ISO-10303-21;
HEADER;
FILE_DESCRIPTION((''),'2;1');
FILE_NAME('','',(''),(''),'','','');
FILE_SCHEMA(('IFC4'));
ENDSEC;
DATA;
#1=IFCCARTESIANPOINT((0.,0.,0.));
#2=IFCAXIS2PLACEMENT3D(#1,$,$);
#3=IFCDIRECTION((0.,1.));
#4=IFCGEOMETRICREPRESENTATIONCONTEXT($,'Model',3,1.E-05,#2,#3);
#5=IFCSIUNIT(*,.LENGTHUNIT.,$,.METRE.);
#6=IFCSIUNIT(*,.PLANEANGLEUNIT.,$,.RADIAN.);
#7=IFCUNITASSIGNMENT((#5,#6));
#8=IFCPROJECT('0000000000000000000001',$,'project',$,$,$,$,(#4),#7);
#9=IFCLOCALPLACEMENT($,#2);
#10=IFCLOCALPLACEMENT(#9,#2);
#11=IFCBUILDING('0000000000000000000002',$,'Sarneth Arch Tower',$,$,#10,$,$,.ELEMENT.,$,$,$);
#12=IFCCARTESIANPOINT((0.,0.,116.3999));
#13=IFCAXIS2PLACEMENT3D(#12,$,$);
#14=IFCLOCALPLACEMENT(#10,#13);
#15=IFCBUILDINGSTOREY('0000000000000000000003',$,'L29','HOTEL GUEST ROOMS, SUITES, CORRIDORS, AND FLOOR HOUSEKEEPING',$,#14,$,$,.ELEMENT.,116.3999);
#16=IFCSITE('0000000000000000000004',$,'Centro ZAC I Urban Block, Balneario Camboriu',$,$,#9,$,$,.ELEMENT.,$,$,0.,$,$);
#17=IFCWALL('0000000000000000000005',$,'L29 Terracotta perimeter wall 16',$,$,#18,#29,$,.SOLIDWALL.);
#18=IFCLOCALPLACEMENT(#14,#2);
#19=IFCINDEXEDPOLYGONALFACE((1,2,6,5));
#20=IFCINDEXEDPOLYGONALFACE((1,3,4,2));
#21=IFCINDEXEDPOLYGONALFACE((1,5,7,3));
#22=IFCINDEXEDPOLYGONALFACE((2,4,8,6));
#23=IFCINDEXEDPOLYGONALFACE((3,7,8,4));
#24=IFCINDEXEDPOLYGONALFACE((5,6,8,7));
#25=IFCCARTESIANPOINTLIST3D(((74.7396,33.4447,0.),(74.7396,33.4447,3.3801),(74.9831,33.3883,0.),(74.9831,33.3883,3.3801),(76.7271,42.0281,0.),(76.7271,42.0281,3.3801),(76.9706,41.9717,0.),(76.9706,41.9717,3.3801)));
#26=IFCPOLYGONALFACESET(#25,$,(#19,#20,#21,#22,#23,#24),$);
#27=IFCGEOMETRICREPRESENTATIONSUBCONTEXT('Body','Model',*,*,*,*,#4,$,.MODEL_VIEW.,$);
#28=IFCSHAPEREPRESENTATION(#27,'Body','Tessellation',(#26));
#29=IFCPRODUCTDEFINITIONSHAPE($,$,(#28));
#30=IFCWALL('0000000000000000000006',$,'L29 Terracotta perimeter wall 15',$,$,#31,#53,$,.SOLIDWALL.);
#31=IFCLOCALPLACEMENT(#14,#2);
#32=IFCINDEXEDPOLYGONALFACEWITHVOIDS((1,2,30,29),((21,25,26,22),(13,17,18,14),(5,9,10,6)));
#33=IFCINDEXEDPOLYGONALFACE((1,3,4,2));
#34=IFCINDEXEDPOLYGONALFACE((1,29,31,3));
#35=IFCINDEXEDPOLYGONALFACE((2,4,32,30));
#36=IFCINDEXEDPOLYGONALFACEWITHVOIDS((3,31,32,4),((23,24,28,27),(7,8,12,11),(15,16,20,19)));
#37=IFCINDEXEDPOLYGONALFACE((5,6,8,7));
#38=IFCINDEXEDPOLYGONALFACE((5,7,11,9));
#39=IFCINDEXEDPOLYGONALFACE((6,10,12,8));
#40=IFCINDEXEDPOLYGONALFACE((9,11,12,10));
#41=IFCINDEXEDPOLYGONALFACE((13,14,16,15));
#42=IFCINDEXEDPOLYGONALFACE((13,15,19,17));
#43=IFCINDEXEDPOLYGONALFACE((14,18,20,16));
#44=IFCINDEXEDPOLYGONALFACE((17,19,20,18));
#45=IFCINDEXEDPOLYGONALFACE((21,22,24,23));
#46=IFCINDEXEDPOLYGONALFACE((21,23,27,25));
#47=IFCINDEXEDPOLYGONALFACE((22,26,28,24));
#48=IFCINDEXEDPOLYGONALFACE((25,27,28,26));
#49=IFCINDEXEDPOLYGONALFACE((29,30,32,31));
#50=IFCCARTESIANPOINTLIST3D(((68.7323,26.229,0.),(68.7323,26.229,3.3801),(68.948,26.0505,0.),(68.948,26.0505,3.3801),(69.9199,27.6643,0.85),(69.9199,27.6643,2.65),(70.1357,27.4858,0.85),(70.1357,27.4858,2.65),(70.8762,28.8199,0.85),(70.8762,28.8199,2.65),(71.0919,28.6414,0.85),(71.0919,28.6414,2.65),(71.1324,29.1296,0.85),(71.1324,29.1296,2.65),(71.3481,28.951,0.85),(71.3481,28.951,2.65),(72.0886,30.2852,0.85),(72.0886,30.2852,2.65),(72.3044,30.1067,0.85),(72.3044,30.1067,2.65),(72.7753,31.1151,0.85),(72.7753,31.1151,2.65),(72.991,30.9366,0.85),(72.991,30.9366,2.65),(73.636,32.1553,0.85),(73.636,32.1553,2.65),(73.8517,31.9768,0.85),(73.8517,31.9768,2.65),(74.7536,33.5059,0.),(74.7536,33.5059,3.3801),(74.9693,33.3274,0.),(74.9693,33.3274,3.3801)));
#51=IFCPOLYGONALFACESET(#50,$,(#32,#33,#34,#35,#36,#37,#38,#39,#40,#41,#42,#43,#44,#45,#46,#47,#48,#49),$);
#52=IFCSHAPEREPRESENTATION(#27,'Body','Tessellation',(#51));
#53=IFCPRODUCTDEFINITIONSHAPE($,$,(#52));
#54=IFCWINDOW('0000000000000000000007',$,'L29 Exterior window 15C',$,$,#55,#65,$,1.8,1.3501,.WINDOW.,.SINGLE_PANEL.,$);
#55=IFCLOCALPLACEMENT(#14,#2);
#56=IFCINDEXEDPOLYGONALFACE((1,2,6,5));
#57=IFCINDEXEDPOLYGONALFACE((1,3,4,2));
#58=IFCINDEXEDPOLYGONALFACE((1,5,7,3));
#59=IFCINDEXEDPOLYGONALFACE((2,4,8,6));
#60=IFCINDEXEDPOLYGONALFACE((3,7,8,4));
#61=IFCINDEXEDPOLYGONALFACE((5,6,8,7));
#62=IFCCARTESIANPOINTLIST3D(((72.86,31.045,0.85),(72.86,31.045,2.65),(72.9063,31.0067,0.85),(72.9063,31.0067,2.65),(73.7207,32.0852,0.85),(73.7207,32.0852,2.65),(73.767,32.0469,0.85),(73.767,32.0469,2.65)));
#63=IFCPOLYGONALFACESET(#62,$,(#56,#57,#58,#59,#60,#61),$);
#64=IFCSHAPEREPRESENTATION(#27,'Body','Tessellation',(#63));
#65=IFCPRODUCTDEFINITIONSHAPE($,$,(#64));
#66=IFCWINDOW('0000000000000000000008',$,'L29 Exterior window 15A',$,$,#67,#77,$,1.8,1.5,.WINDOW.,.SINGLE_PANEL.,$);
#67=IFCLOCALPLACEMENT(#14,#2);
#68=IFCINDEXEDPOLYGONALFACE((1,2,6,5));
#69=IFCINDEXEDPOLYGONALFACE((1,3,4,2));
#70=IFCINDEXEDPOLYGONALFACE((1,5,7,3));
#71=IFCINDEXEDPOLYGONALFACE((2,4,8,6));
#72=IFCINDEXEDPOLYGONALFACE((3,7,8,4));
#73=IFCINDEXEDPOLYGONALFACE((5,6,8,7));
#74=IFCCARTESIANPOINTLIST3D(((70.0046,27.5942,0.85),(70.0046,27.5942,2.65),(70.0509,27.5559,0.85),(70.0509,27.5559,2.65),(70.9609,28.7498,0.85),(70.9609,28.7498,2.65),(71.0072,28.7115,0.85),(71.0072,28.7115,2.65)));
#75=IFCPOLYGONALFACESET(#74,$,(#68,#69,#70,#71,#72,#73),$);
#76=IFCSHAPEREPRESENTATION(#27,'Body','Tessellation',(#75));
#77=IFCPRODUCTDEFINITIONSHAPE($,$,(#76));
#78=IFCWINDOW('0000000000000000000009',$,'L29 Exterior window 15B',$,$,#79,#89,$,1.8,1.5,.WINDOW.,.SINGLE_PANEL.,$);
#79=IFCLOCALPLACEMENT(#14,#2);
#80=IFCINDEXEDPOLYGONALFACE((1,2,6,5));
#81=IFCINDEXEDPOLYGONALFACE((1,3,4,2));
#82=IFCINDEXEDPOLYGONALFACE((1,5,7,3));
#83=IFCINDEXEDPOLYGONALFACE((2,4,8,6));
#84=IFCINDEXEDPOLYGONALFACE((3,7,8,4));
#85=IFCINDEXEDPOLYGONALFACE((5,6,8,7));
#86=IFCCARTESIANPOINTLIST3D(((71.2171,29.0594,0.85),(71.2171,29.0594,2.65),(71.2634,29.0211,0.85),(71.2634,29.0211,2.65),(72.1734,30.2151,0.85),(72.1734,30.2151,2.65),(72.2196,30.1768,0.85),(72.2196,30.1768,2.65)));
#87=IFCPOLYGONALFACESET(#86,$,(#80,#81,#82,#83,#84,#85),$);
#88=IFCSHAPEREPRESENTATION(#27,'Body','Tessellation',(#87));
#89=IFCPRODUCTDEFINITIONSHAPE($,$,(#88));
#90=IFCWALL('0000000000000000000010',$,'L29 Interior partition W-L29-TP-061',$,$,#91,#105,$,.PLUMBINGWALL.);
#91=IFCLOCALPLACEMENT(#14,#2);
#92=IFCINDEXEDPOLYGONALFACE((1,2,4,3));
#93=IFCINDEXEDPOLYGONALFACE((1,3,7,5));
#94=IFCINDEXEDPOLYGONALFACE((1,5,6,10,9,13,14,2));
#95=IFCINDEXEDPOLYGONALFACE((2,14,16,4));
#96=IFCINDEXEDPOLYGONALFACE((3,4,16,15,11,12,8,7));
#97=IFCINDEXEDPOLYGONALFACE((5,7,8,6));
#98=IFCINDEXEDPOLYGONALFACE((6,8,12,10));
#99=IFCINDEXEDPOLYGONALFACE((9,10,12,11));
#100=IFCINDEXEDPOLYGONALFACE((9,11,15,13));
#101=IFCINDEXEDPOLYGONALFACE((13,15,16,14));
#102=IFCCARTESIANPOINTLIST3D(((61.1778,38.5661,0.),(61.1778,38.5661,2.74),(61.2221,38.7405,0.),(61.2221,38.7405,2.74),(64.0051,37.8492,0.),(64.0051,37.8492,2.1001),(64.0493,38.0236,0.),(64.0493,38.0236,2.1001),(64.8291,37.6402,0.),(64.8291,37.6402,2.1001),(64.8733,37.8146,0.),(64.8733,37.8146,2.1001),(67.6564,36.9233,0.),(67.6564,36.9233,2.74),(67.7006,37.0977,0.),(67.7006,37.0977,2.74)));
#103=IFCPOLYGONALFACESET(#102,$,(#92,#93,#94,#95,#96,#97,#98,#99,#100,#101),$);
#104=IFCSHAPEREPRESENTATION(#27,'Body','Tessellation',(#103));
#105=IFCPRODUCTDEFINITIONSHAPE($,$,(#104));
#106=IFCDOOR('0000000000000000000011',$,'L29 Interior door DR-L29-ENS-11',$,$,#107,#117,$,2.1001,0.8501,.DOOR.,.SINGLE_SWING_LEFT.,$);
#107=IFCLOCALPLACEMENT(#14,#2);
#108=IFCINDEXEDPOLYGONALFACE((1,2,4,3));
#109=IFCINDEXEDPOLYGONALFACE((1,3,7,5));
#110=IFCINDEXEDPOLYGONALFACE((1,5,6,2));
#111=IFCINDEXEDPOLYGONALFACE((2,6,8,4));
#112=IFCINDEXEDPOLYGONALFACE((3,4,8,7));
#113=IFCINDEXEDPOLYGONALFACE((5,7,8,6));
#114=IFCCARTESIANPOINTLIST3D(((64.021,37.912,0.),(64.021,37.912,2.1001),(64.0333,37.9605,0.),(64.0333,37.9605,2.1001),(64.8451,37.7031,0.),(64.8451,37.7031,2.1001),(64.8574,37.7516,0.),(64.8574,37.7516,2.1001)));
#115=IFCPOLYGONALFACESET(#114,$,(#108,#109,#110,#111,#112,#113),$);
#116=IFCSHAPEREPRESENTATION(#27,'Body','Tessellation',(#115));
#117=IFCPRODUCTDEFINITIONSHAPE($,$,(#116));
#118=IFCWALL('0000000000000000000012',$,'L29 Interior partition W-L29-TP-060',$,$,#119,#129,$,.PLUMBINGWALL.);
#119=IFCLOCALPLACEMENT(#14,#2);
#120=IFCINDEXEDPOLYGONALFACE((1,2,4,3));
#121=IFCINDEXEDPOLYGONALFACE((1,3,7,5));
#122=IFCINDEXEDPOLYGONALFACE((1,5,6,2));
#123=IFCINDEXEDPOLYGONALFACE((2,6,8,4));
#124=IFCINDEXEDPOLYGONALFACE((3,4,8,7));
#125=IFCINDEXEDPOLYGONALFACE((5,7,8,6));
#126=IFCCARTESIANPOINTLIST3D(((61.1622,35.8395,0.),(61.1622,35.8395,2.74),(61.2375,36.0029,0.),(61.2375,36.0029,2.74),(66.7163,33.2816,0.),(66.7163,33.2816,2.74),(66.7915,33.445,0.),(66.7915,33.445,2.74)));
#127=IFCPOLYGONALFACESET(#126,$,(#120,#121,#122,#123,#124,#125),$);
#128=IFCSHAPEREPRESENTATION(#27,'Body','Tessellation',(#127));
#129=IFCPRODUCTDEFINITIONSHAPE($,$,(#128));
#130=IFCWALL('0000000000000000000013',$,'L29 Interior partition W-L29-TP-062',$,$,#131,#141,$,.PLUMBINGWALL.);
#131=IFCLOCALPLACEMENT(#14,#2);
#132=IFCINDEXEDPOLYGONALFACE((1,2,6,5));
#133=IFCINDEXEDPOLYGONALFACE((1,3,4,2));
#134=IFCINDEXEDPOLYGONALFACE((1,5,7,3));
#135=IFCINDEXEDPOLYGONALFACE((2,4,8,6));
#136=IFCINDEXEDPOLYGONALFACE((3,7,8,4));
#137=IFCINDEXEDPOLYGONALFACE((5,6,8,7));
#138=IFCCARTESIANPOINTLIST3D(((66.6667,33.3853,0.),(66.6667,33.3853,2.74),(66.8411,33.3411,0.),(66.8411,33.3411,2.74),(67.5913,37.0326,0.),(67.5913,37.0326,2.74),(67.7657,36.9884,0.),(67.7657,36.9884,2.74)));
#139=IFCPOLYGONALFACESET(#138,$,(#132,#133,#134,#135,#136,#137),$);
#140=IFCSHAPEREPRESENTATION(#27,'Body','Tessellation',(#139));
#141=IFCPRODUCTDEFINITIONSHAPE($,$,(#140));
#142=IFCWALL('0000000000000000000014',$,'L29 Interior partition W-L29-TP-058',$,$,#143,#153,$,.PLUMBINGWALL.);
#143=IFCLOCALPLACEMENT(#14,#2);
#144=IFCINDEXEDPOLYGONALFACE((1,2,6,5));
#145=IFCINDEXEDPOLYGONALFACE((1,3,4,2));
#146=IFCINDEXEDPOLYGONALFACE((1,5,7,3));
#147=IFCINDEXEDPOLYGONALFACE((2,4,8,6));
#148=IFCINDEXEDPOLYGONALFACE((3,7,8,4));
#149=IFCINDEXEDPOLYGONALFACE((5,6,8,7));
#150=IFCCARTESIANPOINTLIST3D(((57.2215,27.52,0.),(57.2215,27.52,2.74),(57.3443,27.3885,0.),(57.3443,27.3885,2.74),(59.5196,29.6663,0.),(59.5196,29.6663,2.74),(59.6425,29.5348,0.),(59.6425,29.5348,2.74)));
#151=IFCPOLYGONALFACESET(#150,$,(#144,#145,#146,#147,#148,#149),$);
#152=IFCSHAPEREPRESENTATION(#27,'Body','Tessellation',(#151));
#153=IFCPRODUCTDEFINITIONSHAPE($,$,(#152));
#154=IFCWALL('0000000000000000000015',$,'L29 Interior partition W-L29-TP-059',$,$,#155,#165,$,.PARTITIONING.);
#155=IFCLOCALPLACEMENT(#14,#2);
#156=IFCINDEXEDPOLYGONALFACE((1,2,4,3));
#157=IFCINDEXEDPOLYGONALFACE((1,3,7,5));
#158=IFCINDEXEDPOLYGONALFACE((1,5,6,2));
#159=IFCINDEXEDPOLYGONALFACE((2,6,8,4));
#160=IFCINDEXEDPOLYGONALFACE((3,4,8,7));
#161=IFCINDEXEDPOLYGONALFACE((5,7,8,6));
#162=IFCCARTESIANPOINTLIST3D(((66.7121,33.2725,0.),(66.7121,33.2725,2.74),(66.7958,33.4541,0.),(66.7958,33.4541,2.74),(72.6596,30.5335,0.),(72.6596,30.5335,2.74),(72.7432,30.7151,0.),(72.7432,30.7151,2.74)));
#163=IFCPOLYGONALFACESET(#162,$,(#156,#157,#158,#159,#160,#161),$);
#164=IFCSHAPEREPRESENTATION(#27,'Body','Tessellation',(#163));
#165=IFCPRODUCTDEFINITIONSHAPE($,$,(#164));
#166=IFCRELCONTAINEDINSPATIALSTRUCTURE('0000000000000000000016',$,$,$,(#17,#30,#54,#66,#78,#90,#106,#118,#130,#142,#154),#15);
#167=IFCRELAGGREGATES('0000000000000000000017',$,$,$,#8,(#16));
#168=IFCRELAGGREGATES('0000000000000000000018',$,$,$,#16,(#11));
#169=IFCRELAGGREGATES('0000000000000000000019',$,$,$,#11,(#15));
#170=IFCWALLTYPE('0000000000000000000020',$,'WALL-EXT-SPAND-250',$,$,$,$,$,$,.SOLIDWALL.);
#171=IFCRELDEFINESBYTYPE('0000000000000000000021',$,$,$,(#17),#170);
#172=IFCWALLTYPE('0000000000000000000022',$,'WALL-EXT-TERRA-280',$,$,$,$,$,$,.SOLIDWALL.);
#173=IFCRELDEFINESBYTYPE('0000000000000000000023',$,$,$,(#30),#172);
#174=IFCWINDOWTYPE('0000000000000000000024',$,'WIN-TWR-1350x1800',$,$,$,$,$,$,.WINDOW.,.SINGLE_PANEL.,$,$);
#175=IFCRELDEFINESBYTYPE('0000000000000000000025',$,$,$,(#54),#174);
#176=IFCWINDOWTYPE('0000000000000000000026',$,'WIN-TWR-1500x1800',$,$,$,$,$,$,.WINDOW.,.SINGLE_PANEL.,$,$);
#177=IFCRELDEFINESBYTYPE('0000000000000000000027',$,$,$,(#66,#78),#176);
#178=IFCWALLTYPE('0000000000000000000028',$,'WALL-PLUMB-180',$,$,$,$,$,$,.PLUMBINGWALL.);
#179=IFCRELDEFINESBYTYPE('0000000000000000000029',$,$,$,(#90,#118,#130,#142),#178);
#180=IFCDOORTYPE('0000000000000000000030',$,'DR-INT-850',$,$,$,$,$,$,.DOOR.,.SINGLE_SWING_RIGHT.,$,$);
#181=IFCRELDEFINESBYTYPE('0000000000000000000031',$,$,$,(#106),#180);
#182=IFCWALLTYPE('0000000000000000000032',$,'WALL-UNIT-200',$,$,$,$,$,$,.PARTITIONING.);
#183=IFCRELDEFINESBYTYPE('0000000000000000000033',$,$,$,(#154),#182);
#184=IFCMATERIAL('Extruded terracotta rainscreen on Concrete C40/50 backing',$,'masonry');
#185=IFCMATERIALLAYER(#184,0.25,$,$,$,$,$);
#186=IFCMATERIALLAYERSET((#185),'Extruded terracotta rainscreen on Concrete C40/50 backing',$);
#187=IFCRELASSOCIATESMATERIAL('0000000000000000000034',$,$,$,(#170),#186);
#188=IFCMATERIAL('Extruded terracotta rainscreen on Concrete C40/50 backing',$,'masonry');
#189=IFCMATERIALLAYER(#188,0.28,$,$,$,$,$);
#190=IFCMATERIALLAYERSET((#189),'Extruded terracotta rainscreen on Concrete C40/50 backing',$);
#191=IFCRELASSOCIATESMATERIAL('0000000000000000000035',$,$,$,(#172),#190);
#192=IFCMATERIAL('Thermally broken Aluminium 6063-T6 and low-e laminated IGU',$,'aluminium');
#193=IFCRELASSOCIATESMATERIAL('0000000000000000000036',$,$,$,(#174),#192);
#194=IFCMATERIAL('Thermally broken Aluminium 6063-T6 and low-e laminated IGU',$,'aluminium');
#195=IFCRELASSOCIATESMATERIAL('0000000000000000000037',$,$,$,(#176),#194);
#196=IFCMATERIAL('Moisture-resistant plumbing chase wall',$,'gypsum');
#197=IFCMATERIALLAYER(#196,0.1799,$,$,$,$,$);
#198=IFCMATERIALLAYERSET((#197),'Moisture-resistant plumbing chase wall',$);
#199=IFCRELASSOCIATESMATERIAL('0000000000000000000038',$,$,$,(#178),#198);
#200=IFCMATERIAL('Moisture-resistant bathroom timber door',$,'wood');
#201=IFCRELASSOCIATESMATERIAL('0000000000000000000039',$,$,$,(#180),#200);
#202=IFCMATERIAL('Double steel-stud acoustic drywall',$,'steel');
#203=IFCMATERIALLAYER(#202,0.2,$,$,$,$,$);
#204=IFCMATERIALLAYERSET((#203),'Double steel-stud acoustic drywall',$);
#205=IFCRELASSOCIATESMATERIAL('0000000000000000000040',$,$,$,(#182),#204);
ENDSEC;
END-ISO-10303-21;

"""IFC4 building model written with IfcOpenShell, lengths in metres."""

from ifc_helpers import new_model, si_unit, direction, frame, frame_2d, origin, place, context, subcontext, project, spatial, rectangle, extrude, material, layer, layer_set, type_object, element, fill, save


model = new_model("IFC4")

# Units and contexts
model_context = context("Model", 3, precision=1e-05, world=origin(), true_north=direction((0.0, 1.0)))
body_context = subcontext(model_context, "Body", "Model", "MODEL_VIEW")
ifc_project = project(units=[si_unit("LENGTHUNIT", "METRE"), si_unit("PLANEANGLEUNIT", "RADIAN")], contexts=[model_context])

# Site, building, storey
site_placement = place(None, origin())
site = spatial("IfcSite", under=ifc_project, at=site_placement, Name="Centro ZAC I Urban Block, Balneario Camboriu", CompositionType="ELEMENT", RefElevation=0.0)
building_placement = place(site_placement, origin())
building = spatial("IfcBuilding", under=site, at=building_placement, Name="Sarneth Arch Tower", CompositionType="ELEMENT")
storey_placement = place(building_placement, frame((0.0, 0.0, 116.3999)))
storey = spatial("IfcBuildingStorey", under=building, at=storey_placement, Name="L29", Description="HOTEL GUEST ROOMS, SUITES, CORRIDORS, AND FLOOR HOUSEKEEPING", CompositionType="ELEMENT", Elevation=116.3999)

# Wall
ifc_material_1 = material(Name="Extruded terracotta rainscreen on Concrete C40/50 backing", Category="masonry")
ifc_layer_1 = layer(ifc_material_1, 0.25)
ifc_layer_set_1 = layer_set([ifc_layer_1], Name="Extruded terracotta rainscreen on Concrete C40/50 backing")
wall_type_1 = type_object("IfcWallType", Name="WALL-EXT-SPAND-250", PredefinedType="SOLIDWALL", material=ifc_layer_set_1)
wall_1_placement = place(storey_placement, frame((74.8613, 33.4165, 0.0), z_axis=(0.0, 0.0, 1.0), x_axis=(0.225586, 0.974223, 0.0)))
element("IfcWall", 1, at=wall_1_placement, inside=storey, type_object=wall_type_1, Name="L29 Terracotta perimeter wall 16", PredefinedType="SOLIDWALL", context=body_context, shape_type="SweptSolid", body=[
    extrude(rectangle(XDim=8.8105, YDim=0.25, at=frame_2d((4.4053, 0.0))), origin(), (0.0, 0.0, 1.0), 3.3801),
])

# Wall, openings, windows
ifc_material_2 = material(Name="Extruded terracotta rainscreen on Concrete C40/50 backing", Category="masonry")
ifc_layer_2 = layer(ifc_material_2, 0.28)
ifc_layer_set_2 = layer_set([ifc_layer_2], Name="Extruded terracotta rainscreen on Concrete C40/50 backing")
wall_type_2 = type_object("IfcWallType", Name="WALL-EXT-TERRA-280", PredefinedType="SOLIDWALL", material=ifc_layer_set_2)
wall_2_placement = place(storey_placement, frame((68.8401, 26.1396, 0.0), z_axis=(0.0, 0.0, 1.0), x_axis=(0.637506, 0.770446, 0.0)))
wall_2 = element("IfcWall", 2, at=wall_2_placement, inside=storey, type_object=wall_type_2, Name="L29 Terracotta perimeter wall 15", PredefinedType="SOLIDWALL", context=body_context, shape_type="SweptSolid", body=[
    extrude(rectangle(XDim=9.4451, YDim=0.28, at=frame_2d((4.7227, 0.0))), origin(), (0.0, 0.0, 1.0), 3.3801),
])
opening_1_placement = place(wall_2_placement, frame((1.863, 0.0, 0.8501)))
opening_1 = element("IfcOpeningElement", 3, at=opening_1_placement, cuts=wall_2, PredefinedType="OPENING", context=body_context, shape_type="SweptSolid", body=[
    extrude(rectangle(XDim=1.5, YDim=1.8, at=frame_2d((0.75, 0.8999))), frame((0.0, 0.1499, 0.0), z_axis=(0.0, -1.0, 0.0), x_axis=(1.0, 0.0, 0.0)), (0.0, 0.0, 1.0), 0.3),
])
opening_2_placement = place(wall_2_placement, frame((3.7649, 0.0, 0.8501)))
opening_2 = element("IfcOpeningElement", 4, at=opening_2_placement, cuts=wall_2, PredefinedType="OPENING", context=body_context, shape_type="SweptSolid", body=[
    extrude(rectangle(XDim=1.5, YDim=1.8, at=frame_2d((0.75, 0.8999))), frame((0.0, 0.1499, 0.0), z_axis=(0.0, -1.0, 0.0), x_axis=(1.0, 0.0, 0.0)), (0.0, 0.0, 1.0), 0.3),
])
opening_3_placement = place(wall_2_placement, frame((6.342, 0.0, 0.8501)))
opening_3 = element("IfcOpeningElement", 5, at=opening_3_placement, cuts=wall_2, PredefinedType="OPENING", context=body_context, shape_type="SweptSolid", body=[
    extrude(rectangle(XDim=1.3501, YDim=1.8, at=frame_2d((0.675, 0.8999))), frame((0.0, 0.1499, 0.0), z_axis=(0.0, -1.0, 0.0), x_axis=(1.0, 0.0, 0.0)), (0.0, 0.0, 1.0), 0.3),
])
ifc_material_3 = material(Name="Thermally broken Aluminium 6063-T6 and low-e laminated IGU", Category="aluminium")
window_type_1 = type_object("IfcWindowType", Name="WIN-TWR-1350x1800", PartitioningType="SINGLE_PANEL", PredefinedType="WINDOW", material=ifc_material_3)
window_1_placement = place(opening_3_placement, origin())
window_1 = element("IfcWindow", 6, at=window_1_placement, inside=storey, type_object=window_type_1, Name="L29 Exterior window 15C", OverallHeight=1.8, OverallWidth=1.3501, PartitioningType="SINGLE_PANEL", PredefinedType="WINDOW", context=body_context, shape_type="SweptSolid", body=[
    extrude(rectangle(XDim=1.3501, YDim=1.8, at=frame_2d((0.675, 0.8999))), frame((0.0, 0.03, 0.0), z_axis=(0.0, -1.0, 0.0), x_axis=(1.0, 0.0, 0.0)), (0.0, 0.0, 1.0), 0.0601),
])
fill(opening_3, window_1)
ifc_material_4 = material(Name="Thermally broken Aluminium 6063-T6 and low-e laminated IGU", Category="aluminium")
window_type_2 = type_object("IfcWindowType", Name="WIN-TWR-1500x1800", PartitioningType="SINGLE_PANEL", PredefinedType="WINDOW", material=ifc_material_4)
window_2_placement = place(opening_1_placement, origin())
window_2 = element("IfcWindow", 7, at=window_2_placement, inside=storey, type_object=window_type_2, Name="L29 Exterior window 15A", OverallHeight=1.8, OverallWidth=1.5, PartitioningType="SINGLE_PANEL", PredefinedType="WINDOW", context=body_context, shape_type="SweptSolid", body=[
    extrude(rectangle(XDim=1.5, YDim=1.8, at=frame_2d((0.75, 0.8999))), frame((0.0, 0.03, 0.0), z_axis=(0.0, -1.0, 0.0), x_axis=(1.0, 0.0, 0.0)), (0.0, 0.0, 1.0), 0.0601),
])
fill(opening_1, window_2)
window_3_placement = place(opening_2_placement, origin())
window_3 = element("IfcWindow", 8, at=window_3_placement, inside=storey, type_object=window_type_2, Name="L29 Exterior window 15B", OverallHeight=1.8, OverallWidth=1.5, PartitioningType="SINGLE_PANEL", PredefinedType="WINDOW", context=body_context, shape_type="SweptSolid", body=[
    extrude(rectangle(XDim=1.5, YDim=1.8, at=frame_2d((0.75, 0.8999))), frame((0.0, 0.03, 0.0), z_axis=(0.0, -1.0, 0.0), x_axis=(1.0, 0.0, 0.0)), (0.0, 0.0, 1.0), 0.0601),
])
fill(opening_2, window_3)

# Wall, opening, door
ifc_material_5 = material(Name="Moisture-resistant plumbing chase wall", Category="gypsum")
ifc_layer_3 = layer(ifc_material_5, 0.1799)
ifc_layer_set_3 = layer_set([ifc_layer_3], Name="Moisture-resistant plumbing chase wall")
wall_type_3 = type_object("IfcWallType", Name="WALL-PLUMB-180", PredefinedType="PLUMBINGWALL", material=ifc_layer_set_3)
wall_3_placement = place(storey_placement, frame((61.2, 38.6533, 0.0), z_axis=(0.0, 0.0, 1.0), x_axis=(0.96932, -0.2458, 0.0)))
wall_3 = element("IfcWall", 9, at=wall_3_placement, inside=storey, type_object=wall_type_3, Name="L29 Interior partition W-L29-TP-061", PredefinedType="PLUMBINGWALL", context=body_context, shape_type="SweptSolid", body=[
    extrude(rectangle(XDim=6.6836, YDim=0.1799, at=frame_2d((3.3418, 0.0))), origin(), (0.0, 0.0, 1.0), 2.74),
])
opening_4_placement = place(wall_3_placement, frame((2.9167, 0.0, 0.0)))
opening_4 = element("IfcOpeningElement", 10, at=opening_4_placement, cuts=wall_3, PredefinedType="OPENING", context=body_context, shape_type="SweptSolid", body=[
    extrude(rectangle(XDim=0.8501, YDim=2.1001, at=frame_2d((0.425, 1.05))), frame((0.0, 0.0999, 0.0), z_axis=(0.0, -1.0, 0.0), x_axis=(1.0, 0.0, 0.0)), (0.0, 0.0, 1.0), 0.2),
])
ifc_material_6 = material(Name="Moisture-resistant bathroom timber door", Category="wood")
door_type = type_object("IfcDoorType", Name="DR-INT-850", OperationType="SINGLE_SWING_RIGHT", PredefinedType="DOOR", material=ifc_material_6)
door_placement = place(opening_4_placement, origin())
door = element("IfcDoor", 11, at=door_placement, inside=storey, type_object=door_type, Name="L29 Interior door DR-L29-ENS-11", OperationType="SINGLE_SWING_LEFT", OverallHeight=2.1001, OverallWidth=0.8501, PredefinedType="DOOR", context=body_context, shape_type="SweptSolid", body=[
    extrude(rectangle(XDim=0.8501, YDim=2.1001, at=frame_2d((0.425, 1.05))), frame((0.0, 0.0249, 0.0), z_axis=(0.0, -1.0, 0.0), x_axis=(1.0, 0.0, 0.0)), (0.0, 0.0, 1.0), 0.05),
])
fill(opening_4, door)

# Walls
wall_4_placement = place(storey_placement, frame((66.7539, 33.3633, 0.0), z_axis=(0.0, 0.0, 1.0), x_axis=(-0.908301, 0.418316, 0.0)))
element("IfcWall", 12, at=wall_4_placement, inside=storey, type_object=wall_type_3, Name="L29 Interior partition W-L29-TP-060", PredefinedType="PLUMBINGWALL", context=body_context, shape_type="SweptSolid", body=[
    extrude(rectangle(XDim=6.1147, YDim=0.1799, at=frame_2d((3.0574, 0.0))), origin(), (0.0, 0.0, 1.0), 2.74),
])
wall_5_placement = place(storey_placement, frame((67.6785, 37.0105, 0.0), z_axis=(0.0, 0.0, 1.0), x_axis=(-0.245725, -0.96934, 0.0)))
element("IfcWall", 13, at=wall_5_placement, inside=storey, type_object=wall_type_3, Name="L29 Interior partition W-L29-TP-062", PredefinedType="PLUMBINGWALL", context=body_context, shape_type="SweptSolid", body=[
    extrude(rectangle(XDim=3.7627, YDim=0.1799, at=frame_2d((1.8813, 0.0))), origin(), (0.0, 0.0, 1.0), 2.74),
])
wall_6_placement = place(storey_placement, frame((59.5811, 29.6006, 0.0), z_axis=(0.0, 0.0, 1.0), x_axis=(-0.730841, -0.682548, 0.0)))
element("IfcWall", 14, at=wall_6_placement, inside=storey, type_object=wall_type_3, Name="L29 Interior partition W-L29-TP-058", PredefinedType="PLUMBINGWALL", context=body_context, shape_type="SweptSolid", body=[
    extrude(rectangle(XDim=3.1445, YDim=0.1799, at=frame_2d((1.5723, 0.0))), origin(), (0.0, 0.0, 1.0), 2.74),
])
ifc_material_7 = material(Name="Double steel-stud acoustic drywall", Category="steel")
ifc_layer_4 = layer(ifc_material_7, 0.2)
ifc_layer_set_4 = layer_set([ifc_layer_4], Name="Double steel-stud acoustic drywall")
wall_type_4 = type_object("IfcWallType", Name="WALL-UNIT-200", PredefinedType="PARTITIONING", material=ifc_layer_set_4)
wall_7_placement = place(storey_placement, frame((72.7014, 30.6243, 0.0), z_axis=(0.0, 0.0, 1.0), x_axis=(-0.908307, 0.418304, 0.0)))
element("IfcWall", 15, at=wall_7_placement, inside=storey, type_object=wall_type_4, Name="L29 Interior partition W-L29-TP-059", PredefinedType="PARTITIONING", context=body_context, shape_type="SweptSolid", body=[
    extrude(rectangle(XDim=6.5479, YDim=0.2, at=frame_2d((3.2739, 0.0))), origin(), (0.0, 0.0, 1.0), 2.74),
])

save(model, "model.ifc")
